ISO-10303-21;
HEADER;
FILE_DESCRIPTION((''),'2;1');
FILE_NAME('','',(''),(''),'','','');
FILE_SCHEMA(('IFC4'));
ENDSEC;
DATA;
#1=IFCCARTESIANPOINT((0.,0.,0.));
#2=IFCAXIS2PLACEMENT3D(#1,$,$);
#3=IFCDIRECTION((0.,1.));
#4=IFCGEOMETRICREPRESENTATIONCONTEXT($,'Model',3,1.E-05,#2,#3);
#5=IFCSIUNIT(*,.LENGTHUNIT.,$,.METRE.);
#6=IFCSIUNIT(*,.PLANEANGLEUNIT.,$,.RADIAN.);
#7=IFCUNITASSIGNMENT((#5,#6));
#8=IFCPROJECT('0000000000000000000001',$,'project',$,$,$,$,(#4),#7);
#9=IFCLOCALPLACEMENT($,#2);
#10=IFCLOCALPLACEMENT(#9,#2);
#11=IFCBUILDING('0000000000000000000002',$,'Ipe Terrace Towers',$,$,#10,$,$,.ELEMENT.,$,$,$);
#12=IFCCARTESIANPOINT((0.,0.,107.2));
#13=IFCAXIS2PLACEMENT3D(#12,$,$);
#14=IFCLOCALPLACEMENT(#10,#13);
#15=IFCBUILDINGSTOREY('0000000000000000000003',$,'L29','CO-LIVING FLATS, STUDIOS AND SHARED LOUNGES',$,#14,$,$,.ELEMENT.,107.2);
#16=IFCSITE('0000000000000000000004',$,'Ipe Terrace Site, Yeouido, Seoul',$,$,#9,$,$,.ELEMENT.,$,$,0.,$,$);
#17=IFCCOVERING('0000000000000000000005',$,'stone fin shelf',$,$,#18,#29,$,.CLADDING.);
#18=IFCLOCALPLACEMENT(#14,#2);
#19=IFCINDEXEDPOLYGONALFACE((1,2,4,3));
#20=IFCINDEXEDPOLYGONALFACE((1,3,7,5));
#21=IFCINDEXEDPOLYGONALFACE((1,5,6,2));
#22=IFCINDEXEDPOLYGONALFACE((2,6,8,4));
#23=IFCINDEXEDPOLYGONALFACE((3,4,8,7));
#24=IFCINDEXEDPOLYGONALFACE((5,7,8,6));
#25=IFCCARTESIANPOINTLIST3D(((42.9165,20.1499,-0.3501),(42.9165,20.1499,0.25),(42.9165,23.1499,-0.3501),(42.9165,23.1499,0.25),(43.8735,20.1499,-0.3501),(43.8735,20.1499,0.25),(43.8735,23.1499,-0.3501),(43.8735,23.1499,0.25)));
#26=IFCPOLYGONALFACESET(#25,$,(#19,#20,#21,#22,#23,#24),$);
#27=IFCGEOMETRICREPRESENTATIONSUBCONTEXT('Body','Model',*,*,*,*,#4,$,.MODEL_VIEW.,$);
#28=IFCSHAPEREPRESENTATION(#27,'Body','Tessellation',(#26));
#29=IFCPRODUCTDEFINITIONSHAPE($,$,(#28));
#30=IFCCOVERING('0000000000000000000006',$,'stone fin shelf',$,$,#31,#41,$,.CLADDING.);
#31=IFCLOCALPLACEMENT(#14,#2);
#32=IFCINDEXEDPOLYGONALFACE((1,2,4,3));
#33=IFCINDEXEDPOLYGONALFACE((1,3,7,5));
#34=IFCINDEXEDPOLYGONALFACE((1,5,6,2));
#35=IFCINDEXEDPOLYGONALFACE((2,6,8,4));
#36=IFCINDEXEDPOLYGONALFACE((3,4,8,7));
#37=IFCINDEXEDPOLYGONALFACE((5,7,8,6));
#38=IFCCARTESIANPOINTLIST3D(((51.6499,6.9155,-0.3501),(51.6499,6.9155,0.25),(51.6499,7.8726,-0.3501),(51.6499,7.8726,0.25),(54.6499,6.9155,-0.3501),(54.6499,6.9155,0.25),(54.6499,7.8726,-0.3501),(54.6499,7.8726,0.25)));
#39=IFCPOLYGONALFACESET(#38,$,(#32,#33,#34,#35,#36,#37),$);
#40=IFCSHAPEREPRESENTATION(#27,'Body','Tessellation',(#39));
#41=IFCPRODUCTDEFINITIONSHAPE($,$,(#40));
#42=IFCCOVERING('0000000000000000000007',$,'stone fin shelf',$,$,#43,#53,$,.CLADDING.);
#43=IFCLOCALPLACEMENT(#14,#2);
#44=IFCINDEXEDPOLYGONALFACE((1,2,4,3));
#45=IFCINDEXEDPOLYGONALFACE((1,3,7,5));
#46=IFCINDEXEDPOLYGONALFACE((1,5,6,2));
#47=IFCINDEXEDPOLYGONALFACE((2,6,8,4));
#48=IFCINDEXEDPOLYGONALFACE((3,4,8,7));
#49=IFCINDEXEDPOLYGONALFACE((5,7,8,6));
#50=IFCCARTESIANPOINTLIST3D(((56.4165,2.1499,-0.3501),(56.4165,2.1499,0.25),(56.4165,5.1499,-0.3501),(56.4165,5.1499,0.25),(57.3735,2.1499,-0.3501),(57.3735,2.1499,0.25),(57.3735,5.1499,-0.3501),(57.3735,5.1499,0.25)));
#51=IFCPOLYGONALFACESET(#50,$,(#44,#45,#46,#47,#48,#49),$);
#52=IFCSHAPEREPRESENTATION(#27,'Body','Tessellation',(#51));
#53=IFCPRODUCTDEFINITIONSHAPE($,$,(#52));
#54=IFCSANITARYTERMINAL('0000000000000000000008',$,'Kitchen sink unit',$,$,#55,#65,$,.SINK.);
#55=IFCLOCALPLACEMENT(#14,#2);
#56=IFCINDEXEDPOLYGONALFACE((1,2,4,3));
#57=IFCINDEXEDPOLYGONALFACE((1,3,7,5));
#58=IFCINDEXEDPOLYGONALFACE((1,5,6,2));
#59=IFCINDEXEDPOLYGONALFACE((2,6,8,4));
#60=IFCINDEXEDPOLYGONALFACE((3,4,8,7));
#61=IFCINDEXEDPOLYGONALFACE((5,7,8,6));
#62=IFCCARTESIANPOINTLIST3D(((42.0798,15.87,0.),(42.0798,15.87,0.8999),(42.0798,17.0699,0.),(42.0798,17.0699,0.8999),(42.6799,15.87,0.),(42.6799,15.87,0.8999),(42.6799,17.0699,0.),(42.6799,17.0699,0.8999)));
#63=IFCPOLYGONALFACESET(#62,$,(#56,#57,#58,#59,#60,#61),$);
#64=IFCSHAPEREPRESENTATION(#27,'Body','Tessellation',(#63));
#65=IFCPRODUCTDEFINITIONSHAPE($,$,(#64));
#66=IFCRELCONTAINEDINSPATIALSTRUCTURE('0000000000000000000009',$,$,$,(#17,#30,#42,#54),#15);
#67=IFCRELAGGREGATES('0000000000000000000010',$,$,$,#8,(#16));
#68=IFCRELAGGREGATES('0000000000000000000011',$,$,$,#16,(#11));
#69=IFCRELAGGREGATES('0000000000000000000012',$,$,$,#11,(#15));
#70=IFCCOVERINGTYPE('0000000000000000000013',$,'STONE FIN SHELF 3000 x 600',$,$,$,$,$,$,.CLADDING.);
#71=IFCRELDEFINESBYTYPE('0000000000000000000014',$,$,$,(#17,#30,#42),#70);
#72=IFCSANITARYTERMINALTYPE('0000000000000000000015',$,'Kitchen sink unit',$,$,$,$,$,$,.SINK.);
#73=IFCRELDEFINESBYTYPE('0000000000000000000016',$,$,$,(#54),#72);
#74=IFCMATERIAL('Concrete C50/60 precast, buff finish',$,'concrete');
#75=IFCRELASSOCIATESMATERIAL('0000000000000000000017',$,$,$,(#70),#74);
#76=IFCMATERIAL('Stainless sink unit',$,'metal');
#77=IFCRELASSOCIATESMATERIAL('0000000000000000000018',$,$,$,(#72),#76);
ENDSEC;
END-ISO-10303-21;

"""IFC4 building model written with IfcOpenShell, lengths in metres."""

from ifc_helpers import new_model, si_unit, direction, frame, origin, origin_2d, place, context, subcontext, project, spatial, rectangle, extrude, material, type_object, element, save


model = new_model("IFC4")

# Units and contexts
model_context = context("Model", 3, precision=1e-05, world=origin(), true_north=direction((0.0, 1.0)))
body_context = subcontext(model_context, "Body", "Model", "MODEL_VIEW")
ifc_project = project(units=[si_unit("LENGTHUNIT", "METRE"), si_unit("PLANEANGLEUNIT", "RADIAN")], contexts=[model_context])

# Site, building, storey
site_placement = place(None, origin())
site = spatial("IfcSite", under=ifc_project, at=site_placement, Name="Ipe Terrace Site, Yeouido, Seoul", CompositionType="ELEMENT", RefElevation=0.0)
building_placement = place(site_placement, origin())
building = spatial("IfcBuilding", under=site, at=building_placement, Name="Ipe Terrace Towers", CompositionType="ELEMENT")
storey_placement = place(building_placement, frame((0.0, 0.0, 107.2)))
storey = spatial("IfcBuildingStorey", under=building, at=storey_placement, Name="L29", Description="CO-LIVING FLATS, STUDIOS AND SHARED LOUNGES", CompositionType="ELEMENT", Elevation=107.2)

# Coverings
ifc_material_1 = material(Name="Concrete C50/60 precast, buff finish", Category="concrete")
covering_type_1 = type_object("IfcCoveringType", Name="STONE FIN SHELF 3000 x 600", PredefinedType="CLADDING", material=ifc_material_1)
for number, where, z_axis, x_axis, name in (
    (1, (43.395, 21.6499, -0.3501), (0.0, 0.0, 1.0), (0.0, 1.0, 0.0), "stone fin shelf"),
    (2, (53.1499, 7.394, -0.3501), (0.0, 0.0, 1.0), (-1.0, 0.0, 0.0), "stone fin shelf"),
    (3, (56.895, 3.6499, -0.3501), (0.0, 0.0, 1.0), (0.0, 1.0, 0.0), "stone fin shelf"),
):
    element("IfcCovering", number, at=place(storey_placement, frame(where, z_axis=z_axis, x_axis=x_axis)), inside=storey, type_object=covering_type_1, Name=name, PredefinedType="CLADDING", context=body_context, shape_type="SweptSolid", body=[
        extrude(rectangle(XDim=3.0, YDim=0.957, at=origin_2d()), origin(), (0.0, 0.0, 1.0), 0.6001),
    ])

# Sanitary terminal
ifc_material_2 = material(Name="Stainless sink unit", Category="metal")
sanitary_terminal_type = type_object("IfcSanitaryTerminalType", Name="Kitchen sink unit", PredefinedType="SINK", material=ifc_material_2)
sanitary_terminal_placement = place(storey_placement, frame((42.3799, 16.47, 0.0), z_axis=(0.0, 0.0, 1.0), x_axis=(0.0, -1.0, 0.0)))
element("IfcSanitaryTerminal", 4, at=sanitary_terminal_placement, inside=storey, type_object=sanitary_terminal_type, Name="Kitchen sink unit", PredefinedType="SINK", context=body_context, shape_type="SweptSolid", body=[
    extrude(rectangle(XDim=1.2, YDim=0.6001, at=origin_2d()), origin(), (0.0, 0.0, 1.0), 0.8999),
])

save(model, "model.ifc")
